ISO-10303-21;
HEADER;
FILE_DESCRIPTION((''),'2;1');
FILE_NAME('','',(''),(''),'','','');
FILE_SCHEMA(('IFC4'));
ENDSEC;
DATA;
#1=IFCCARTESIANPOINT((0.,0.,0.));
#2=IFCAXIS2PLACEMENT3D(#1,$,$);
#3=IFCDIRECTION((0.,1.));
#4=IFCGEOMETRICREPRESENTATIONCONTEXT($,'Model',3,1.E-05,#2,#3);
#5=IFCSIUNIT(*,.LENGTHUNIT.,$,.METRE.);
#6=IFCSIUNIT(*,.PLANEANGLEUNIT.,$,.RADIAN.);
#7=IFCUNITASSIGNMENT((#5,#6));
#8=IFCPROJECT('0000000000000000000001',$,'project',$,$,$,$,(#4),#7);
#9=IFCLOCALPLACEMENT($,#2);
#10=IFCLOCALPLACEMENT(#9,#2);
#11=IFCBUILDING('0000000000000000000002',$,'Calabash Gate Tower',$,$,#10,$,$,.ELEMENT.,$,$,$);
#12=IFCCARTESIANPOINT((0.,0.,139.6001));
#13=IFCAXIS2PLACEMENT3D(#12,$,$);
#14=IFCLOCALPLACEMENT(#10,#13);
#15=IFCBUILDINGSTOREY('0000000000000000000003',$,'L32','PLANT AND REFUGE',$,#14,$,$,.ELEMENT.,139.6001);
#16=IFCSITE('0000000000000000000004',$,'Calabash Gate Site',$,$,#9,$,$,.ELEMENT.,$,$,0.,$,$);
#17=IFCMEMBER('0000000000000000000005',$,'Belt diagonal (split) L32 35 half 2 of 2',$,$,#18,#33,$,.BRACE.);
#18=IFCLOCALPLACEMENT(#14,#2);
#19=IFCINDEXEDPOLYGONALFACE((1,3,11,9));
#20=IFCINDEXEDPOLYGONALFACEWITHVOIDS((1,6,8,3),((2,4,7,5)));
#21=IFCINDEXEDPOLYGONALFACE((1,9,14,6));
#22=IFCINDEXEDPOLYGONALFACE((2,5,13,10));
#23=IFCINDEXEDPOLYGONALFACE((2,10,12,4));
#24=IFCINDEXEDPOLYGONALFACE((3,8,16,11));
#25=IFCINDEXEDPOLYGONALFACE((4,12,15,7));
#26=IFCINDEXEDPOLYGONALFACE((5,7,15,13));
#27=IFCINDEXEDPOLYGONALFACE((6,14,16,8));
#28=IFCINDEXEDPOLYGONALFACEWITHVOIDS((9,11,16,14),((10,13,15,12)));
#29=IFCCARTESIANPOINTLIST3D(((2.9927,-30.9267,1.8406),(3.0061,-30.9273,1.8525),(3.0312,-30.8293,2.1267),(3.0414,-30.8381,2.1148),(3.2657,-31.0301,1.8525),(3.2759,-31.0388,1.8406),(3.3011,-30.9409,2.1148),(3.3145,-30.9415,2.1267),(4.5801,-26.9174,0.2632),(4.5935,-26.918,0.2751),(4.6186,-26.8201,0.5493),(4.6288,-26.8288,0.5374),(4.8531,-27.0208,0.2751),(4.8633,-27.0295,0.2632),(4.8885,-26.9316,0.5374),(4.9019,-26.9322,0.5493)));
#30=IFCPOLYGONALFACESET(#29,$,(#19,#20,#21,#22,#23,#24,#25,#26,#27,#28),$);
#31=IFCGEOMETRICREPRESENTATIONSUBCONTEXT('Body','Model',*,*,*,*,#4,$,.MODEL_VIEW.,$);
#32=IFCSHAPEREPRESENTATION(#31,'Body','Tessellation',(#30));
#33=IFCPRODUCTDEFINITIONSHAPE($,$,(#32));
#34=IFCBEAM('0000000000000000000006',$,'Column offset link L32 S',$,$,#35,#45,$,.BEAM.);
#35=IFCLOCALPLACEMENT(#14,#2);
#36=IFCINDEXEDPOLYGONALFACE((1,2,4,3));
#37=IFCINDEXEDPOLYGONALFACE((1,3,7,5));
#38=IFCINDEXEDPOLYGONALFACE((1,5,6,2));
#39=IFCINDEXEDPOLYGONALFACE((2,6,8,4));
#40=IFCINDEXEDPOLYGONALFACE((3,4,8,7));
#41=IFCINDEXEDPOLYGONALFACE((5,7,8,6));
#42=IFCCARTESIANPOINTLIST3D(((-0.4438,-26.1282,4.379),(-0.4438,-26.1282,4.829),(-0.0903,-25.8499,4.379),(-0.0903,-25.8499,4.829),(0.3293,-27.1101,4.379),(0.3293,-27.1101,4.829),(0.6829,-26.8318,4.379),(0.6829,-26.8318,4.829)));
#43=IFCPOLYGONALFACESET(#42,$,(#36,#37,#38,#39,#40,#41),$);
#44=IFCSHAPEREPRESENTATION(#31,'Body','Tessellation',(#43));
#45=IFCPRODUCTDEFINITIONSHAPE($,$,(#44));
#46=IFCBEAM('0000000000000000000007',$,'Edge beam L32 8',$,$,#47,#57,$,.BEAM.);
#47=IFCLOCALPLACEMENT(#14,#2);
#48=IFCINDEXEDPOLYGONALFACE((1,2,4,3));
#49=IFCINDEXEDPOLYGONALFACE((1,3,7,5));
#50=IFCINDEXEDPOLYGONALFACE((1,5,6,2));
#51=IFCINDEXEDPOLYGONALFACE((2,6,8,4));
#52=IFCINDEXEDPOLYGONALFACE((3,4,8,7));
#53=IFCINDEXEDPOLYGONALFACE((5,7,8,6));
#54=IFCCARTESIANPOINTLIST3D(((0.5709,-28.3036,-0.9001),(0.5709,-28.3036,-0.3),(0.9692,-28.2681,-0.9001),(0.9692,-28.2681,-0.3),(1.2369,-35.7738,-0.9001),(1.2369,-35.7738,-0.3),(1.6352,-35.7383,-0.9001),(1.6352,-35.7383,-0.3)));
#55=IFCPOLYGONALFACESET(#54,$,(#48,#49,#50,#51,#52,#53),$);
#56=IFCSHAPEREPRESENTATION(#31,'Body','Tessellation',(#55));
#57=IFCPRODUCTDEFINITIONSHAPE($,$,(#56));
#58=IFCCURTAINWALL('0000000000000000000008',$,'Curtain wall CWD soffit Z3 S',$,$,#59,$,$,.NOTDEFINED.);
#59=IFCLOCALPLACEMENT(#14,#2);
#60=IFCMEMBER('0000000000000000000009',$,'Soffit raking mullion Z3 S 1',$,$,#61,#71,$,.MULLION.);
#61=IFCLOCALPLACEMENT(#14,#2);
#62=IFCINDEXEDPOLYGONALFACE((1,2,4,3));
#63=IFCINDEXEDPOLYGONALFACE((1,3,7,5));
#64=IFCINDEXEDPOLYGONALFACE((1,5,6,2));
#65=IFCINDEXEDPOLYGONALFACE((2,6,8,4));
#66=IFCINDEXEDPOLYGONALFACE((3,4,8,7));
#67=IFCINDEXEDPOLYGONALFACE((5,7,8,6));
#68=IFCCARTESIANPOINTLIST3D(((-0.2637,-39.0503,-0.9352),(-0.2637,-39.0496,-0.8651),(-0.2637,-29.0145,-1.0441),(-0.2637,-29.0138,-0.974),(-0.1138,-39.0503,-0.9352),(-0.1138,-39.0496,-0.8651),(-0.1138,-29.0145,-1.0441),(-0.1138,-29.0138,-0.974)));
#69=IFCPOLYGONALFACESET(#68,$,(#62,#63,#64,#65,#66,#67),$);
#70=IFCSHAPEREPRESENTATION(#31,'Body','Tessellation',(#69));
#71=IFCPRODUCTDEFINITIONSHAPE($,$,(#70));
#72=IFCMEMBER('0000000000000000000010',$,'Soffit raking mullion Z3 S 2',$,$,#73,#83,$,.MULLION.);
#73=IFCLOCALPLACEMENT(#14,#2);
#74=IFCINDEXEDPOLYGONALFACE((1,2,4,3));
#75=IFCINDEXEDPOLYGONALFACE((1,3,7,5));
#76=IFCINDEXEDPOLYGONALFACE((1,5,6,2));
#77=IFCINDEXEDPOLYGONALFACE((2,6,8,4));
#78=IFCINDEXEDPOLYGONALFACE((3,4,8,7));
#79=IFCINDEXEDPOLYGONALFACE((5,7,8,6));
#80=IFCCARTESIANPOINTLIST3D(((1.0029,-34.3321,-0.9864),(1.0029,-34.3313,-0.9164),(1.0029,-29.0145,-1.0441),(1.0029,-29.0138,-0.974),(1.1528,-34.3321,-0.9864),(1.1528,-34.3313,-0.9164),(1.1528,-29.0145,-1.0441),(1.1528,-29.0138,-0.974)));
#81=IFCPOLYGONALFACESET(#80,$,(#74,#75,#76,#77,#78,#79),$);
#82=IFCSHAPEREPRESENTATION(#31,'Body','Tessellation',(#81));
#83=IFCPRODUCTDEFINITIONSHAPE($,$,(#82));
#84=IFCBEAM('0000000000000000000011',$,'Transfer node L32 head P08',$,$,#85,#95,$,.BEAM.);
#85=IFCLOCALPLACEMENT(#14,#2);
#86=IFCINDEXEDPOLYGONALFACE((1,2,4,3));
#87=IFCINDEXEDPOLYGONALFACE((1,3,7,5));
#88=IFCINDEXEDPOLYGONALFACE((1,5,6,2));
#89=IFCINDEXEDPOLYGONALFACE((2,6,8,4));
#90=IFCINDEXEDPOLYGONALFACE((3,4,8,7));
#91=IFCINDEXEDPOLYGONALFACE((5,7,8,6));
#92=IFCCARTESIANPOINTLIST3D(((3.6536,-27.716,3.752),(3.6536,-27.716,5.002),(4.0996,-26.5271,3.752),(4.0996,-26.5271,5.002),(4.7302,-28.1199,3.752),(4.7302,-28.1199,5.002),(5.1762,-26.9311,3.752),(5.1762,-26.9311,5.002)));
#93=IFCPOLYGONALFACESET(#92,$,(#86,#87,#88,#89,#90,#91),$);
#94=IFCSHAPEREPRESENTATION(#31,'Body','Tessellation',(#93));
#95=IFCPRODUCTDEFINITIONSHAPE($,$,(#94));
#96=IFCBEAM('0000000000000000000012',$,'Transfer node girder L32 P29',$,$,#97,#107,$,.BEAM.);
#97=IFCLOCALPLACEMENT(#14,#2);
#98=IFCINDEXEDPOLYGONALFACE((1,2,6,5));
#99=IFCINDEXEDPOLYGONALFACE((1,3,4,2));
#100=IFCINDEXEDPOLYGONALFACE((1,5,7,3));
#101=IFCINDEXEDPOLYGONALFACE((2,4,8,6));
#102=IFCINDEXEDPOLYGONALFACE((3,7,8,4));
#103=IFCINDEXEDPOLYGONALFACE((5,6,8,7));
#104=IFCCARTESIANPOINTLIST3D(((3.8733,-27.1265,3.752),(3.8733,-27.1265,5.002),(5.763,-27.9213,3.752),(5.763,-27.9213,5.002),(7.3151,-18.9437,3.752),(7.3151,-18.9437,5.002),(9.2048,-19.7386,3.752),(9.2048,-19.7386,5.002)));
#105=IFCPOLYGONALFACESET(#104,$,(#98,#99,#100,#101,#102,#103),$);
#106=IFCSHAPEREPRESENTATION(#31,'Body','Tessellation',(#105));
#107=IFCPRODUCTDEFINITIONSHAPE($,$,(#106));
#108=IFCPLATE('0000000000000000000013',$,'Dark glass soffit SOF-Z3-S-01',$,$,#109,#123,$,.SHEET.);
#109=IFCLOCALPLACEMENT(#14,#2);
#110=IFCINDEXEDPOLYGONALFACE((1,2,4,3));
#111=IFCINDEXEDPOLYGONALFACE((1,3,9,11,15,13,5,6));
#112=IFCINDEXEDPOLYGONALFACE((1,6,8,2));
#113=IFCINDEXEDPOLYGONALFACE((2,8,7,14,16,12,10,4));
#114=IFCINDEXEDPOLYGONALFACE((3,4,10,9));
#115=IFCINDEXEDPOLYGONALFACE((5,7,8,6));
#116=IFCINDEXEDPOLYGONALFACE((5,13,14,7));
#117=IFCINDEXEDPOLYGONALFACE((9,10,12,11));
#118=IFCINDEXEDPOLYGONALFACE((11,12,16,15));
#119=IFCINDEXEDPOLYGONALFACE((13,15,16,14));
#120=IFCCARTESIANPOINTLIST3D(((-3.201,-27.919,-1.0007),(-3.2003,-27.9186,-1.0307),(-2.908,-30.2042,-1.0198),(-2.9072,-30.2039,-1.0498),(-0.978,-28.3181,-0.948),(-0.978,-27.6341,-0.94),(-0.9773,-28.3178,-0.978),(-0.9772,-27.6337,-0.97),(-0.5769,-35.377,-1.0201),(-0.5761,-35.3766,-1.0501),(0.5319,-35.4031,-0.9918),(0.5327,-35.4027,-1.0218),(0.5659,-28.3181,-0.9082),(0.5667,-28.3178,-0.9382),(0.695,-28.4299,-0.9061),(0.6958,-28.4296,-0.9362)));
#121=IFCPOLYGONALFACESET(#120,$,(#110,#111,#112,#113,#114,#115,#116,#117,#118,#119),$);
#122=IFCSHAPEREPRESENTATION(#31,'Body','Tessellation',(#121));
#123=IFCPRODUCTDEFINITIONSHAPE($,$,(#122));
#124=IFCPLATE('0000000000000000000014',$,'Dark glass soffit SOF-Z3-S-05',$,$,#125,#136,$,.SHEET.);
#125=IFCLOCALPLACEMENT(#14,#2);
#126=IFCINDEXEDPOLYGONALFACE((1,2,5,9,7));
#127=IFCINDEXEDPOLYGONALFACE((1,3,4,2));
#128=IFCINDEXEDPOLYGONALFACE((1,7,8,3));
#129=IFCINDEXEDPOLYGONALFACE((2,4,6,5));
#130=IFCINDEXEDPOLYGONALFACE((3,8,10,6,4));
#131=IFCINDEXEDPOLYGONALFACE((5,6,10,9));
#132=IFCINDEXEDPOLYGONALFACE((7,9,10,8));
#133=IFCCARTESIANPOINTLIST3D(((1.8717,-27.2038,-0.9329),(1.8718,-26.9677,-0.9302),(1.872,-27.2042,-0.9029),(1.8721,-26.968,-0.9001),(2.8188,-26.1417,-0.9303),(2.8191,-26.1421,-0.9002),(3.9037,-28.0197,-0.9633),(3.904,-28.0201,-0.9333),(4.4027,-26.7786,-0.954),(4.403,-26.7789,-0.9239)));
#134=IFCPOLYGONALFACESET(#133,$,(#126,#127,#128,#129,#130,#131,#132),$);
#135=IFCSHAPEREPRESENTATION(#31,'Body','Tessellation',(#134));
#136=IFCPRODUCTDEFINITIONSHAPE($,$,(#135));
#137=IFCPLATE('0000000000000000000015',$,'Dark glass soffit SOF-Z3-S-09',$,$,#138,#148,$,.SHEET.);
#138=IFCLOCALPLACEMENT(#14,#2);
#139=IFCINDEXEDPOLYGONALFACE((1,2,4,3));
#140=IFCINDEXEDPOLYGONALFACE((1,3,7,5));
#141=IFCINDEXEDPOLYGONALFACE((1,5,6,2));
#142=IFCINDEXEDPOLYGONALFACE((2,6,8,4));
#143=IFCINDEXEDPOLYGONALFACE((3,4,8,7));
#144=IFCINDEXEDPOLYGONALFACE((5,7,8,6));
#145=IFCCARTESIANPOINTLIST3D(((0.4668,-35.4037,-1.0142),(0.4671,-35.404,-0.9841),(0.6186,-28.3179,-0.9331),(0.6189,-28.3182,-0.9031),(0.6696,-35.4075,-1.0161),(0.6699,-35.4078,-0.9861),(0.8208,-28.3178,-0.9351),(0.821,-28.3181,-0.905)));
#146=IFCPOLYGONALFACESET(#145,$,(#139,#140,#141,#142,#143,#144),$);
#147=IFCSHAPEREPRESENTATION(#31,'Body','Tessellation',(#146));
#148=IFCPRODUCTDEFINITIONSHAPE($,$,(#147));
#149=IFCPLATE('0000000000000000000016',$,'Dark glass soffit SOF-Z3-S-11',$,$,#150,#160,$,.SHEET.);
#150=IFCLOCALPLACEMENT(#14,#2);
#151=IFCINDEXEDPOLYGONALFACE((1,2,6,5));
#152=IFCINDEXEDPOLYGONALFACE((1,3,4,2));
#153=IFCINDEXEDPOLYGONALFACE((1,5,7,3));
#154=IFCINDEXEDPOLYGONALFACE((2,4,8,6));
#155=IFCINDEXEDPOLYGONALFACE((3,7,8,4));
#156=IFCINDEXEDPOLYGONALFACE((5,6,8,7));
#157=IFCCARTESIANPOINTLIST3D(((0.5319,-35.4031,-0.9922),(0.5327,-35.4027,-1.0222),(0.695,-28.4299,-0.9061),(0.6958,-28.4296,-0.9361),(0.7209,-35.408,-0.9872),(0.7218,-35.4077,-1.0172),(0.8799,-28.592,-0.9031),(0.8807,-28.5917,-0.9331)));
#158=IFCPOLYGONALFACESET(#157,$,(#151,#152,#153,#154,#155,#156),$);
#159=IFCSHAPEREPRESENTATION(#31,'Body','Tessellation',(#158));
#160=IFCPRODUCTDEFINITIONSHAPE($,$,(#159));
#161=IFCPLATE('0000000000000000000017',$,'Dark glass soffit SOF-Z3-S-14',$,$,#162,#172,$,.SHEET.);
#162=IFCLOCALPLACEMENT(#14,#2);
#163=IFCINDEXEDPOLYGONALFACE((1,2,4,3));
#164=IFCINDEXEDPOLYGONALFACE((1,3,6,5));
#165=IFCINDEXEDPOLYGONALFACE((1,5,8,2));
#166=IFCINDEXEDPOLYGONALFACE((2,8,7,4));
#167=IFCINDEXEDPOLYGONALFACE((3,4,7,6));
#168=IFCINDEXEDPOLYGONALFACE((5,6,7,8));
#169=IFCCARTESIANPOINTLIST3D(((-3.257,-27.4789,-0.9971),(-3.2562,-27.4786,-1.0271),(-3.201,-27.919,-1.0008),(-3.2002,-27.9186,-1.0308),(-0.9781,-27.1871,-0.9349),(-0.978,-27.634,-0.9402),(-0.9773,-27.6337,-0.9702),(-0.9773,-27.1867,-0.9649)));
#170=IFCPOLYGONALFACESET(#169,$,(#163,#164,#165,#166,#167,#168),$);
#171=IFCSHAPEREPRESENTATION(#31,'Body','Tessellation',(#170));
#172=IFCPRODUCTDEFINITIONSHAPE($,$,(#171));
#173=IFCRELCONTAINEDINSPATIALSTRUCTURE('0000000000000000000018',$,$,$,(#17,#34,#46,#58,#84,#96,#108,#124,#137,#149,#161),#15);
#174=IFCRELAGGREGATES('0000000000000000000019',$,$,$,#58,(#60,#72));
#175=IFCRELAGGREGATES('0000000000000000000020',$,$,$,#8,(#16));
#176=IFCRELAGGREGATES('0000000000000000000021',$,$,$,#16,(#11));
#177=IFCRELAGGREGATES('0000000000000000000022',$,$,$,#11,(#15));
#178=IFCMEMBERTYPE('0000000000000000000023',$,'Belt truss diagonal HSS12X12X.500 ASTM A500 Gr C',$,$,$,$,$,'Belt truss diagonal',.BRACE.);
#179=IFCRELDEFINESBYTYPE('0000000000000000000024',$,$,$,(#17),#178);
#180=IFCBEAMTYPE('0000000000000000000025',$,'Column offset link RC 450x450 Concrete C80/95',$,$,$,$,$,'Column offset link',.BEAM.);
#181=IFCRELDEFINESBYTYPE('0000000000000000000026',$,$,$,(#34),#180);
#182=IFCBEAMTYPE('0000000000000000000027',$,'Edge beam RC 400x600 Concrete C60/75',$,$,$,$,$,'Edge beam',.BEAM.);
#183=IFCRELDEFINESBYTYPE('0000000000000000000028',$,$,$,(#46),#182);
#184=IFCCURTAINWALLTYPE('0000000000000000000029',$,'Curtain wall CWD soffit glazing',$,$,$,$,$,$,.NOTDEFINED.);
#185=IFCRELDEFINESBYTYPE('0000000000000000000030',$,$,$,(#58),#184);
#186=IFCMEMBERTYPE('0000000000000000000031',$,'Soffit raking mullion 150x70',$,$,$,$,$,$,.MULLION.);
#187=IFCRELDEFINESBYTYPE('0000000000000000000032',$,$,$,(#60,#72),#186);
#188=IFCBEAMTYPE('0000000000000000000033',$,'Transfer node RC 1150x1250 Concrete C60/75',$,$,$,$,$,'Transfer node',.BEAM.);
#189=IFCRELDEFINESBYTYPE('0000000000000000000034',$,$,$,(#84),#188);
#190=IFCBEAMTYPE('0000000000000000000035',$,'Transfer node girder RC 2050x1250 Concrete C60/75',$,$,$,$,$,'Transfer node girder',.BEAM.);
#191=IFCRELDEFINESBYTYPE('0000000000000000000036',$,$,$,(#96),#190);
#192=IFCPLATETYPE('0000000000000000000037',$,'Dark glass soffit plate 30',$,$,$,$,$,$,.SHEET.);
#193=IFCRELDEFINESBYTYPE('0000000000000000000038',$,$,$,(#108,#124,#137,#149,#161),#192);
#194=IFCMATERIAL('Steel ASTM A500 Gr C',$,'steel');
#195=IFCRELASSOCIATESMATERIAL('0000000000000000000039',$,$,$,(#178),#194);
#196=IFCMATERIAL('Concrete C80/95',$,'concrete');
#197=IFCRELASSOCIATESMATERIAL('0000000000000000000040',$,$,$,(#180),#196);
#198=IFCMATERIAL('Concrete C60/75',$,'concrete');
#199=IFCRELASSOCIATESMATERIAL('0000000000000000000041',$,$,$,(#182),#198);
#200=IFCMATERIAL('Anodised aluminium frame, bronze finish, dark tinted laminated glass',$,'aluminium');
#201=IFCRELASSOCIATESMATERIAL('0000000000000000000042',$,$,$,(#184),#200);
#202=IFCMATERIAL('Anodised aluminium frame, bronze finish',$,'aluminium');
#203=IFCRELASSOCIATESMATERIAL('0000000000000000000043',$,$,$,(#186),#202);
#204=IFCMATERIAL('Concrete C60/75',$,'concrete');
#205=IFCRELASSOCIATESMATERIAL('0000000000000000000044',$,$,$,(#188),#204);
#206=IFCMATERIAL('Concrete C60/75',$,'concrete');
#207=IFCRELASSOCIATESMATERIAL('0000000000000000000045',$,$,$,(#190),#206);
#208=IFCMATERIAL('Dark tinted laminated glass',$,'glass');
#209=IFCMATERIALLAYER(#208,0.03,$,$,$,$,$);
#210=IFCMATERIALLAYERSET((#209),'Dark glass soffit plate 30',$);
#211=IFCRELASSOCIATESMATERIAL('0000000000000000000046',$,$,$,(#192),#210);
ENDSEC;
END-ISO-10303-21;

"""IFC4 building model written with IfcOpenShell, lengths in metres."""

from ifc_helpers import new_model, si_unit, direction, frame, origin, origin_2d, place, context, subcontext, project, spatial, polyline, rectangle, hollow_rectangle, outline, extrude, material, layer, layer_set, material_profile, profile_set, type_object, element, aggregate, save


model = new_model("IFC4")

# Units and contexts
model_context = context("Model", 3, precision=1e-05, world=origin(), true_north=direction((0.0, 1.0)))
body_context = subcontext(model_context, "Body", "Model", "MODEL_VIEW")
ifc_project = project(units=[si_unit("LENGTHUNIT", "METRE"), si_unit("PLANEANGLEUNIT", "RADIAN")], contexts=[model_context])

# Site, building, storey
site_placement = place(None, origin())
site = spatial("IfcSite", under=ifc_project, at=site_placement, Name="Calabash Gate Site", CompositionType="ELEMENT", RefElevation=0.0)
building_placement = place(site_placement, origin())
building = spatial("IfcBuilding", under=site, at=building_placement, Name="Calabash Gate Tower", CompositionType="ELEMENT")
storey_placement = place(building_placement, frame((0.0, 0.0, 139.6001)))
storey = spatial("IfcBuildingStorey", under=building, at=storey_placement, Name="L32", Description="PLANT AND REFUGE", CompositionType="ELEMENT", Elevation=139.6001)

# Member
ifc_material_1 = material(Name="Steel ASTM A500 Gr C", Category="steel")
ifc_material_profile_1 = material_profile(ifc_material_1, hollow_rectangle(XDim=0.3047, YDim=0.3047, WallThickness=0.0127, at=origin_2d()))
ifc_profile_set_1 = profile_set([ifc_material_profile_1], Name="Steel ASTM A500 Gr C")
member_type_1 = type_object("IfcMemberType", Name="Belt truss diagonal HSS12X12X.500 ASTM A500 Gr C", ElementType="Belt truss diagonal", PredefinedType="BRACE", material=ifc_profile_set_1)
member_1_placement = place(storey_placement, frame((3.1536, -30.9341, 1.9836), z_axis=(0.345723, 0.873186, -0.343543), x_axis=(-0.929775, 0.368128, 0.0)))
element("IfcMember", 1, at=member_1_placement, inside=storey, type_object=member_type_1, Name="Belt diagonal (split) L32 35 half 2 of 2", PredefinedType="BRACE", context=body_context, shape_type="SweptSolid", body=[
    extrude(hollow_rectangle(XDim=0.3047, YDim=0.3047, WallThickness=0.0127, at=origin_2d()), origin(), (0.0, 0.0, 1.0), 4.5916),
])

# Beams
ifc_material_2 = material(Name="Concrete C80/95", Category="concrete")
ifc_material_profile_2 = material_profile(ifc_material_2, rectangle(XDim=0.45, YDim=0.45, at=origin_2d()))
ifc_profile_set_2 = profile_set([ifc_material_profile_2], Name="Concrete C80/95")
beam_type_1 = type_object("IfcBeamType", Name="Column offset link RC 450x450 Concrete C80/95", ElementType="Column offset link", PredefinedType="BEAM", material=ifc_profile_set_2)
beam_1_placement = place(storey_placement, frame((0.5061, -26.9709, 4.604), z_axis=(-0.618649, 0.785667, 0.0), x_axis=(-0.785667, -0.618649, 0.0)))
element("IfcBeam", 2, at=beam_1_placement, inside=storey, type_object=beam_type_1, Name="Column offset link L32 S", PredefinedType="BEAM", context=body_context, shape_type="SweptSolid", body=[
    extrude(rectangle(XDim=0.45, YDim=0.45, at=origin_2d()), origin(), (0.0, 0.0, 1.0), 1.2498),
])
ifc_material_3 = material(Name="Concrete C60/75", Category="concrete")
ifc_material_profile_3 = material_profile(ifc_material_3, rectangle(XDim=0.3999, YDim=0.6001, at=origin_2d()))
ifc_profile_set_3 = profile_set([ifc_material_profile_3], Name="Concrete C60/75")
beam_type_2 = type_object("IfcBeamType", Name="Edge beam RC 400x600 Concrete C60/75", ElementType="Edge beam", PredefinedType="BEAM", material=ifc_profile_set_3)
beam_2_placement = place(storey_placement, frame((0.77, -28.2859, -0.6001), z_axis=(0.088804, -0.996049, 0.0), x_axis=(0.996049, 0.088804, 0.0)))
element("IfcBeam", 3, at=beam_2_placement, inside=storey, type_object=beam_type_2, Name="Edge beam L32 8", PredefinedType="BEAM", context=body_context, shape_type="SweptSolid", body=[
    extrude(rectangle(XDim=0.3999, YDim=0.6001, at=origin_2d()), origin(), (0.0, 0.0, 1.0), 7.4998),
])

# Curtain wall, members
ifc_material_4 = material(Name="Anodised aluminium frame, bronze finish, dark tinted laminated glass", Category="aluminium")
curtain_wall_type = type_object("IfcCurtainWallType", Name="Curtain wall CWD soffit glazing", PredefinedType="NOTDEFINED", material=ifc_material_4)
curtain_wall_placement = place(storey_placement, origin())
curtain_wall = element("IfcCurtainWall", 4, at=curtain_wall_placement, inside=storey, type_object=curtain_wall_type, Name="Curtain wall CWD soffit Z3 S", PredefinedType="NOTDEFINED")
ifc_material_5 = material(Name="Anodised aluminium frame, bronze finish", Category="aluminium")
ifc_material_profile_4 = material_profile(ifc_material_5, rectangle(XDim=0.1499, YDim=0.0701, at=origin_2d()))
ifc_profile_set_4 = profile_set([ifc_material_profile_4], Name="Anodised aluminium frame, bronze finish")
member_type_2 = type_object("IfcMemberType", Name="Soffit raking mullion 150x70", PredefinedType="MULLION", material=ifc_profile_set_4)
member_2_placement = place(storey_placement, frame((-0.1887, -29.0142, -1.009), z_axis=(0.0, -0.999941, 0.010849), x_axis=(1.0, 0.0, 0.0)))
member_2 = element("IfcMember", 5, at=member_2_placement, type_object=member_type_2, Name="Soffit raking mullion Z3 S 1", PredefinedType="MULLION", context=body_context, shape_type="SweptSolid", body=[
    extrude(rectangle(XDim=0.1499, YDim=0.0701, at=origin_2d()), origin(), (0.0, 0.0, 1.0), 10.0364),
])
member_3_placement = place(storey_placement, frame((1.0779, -29.0142, -1.009), z_axis=(0.0, -0.999941, 0.010834), x_axis=(1.0, 0.0, 0.0)))
member_3 = element("IfcMember", 6, at=member_3_placement, type_object=member_type_2, Name="Soffit raking mullion Z3 S 2", PredefinedType="MULLION", context=body_context, shape_type="SweptSolid", body=[
    extrude(rectangle(XDim=0.1499, YDim=0.0701, at=origin_2d()), origin(), (0.0, 0.0, 1.0), 5.3179),
])
aggregate(curtain_wall, [member_2, member_3])

# Beams
ifc_material_6 = material(Name="Concrete C60/75", Category="concrete")
ifc_material_profile_5 = material_profile(ifc_material_6, rectangle(XDim=1.1499, YDim=1.25, at=origin_2d()))
ifc_profile_set_5 = profile_set([ifc_material_profile_5], Name="Concrete C60/75")
beam_type_3 = type_object("IfcBeamType", Name="Transfer node RC 1150x1250 Concrete C60/75", ElementType="Transfer node", PredefinedType="BEAM", material=ifc_profile_set_5)
beam_3_placement = place(storey_placement, frame((4.1919, -27.918, 4.377), z_axis=(0.35125, 0.936282, 0.0), x_axis=(-0.936282, 0.35125, 0.0)))
element("IfcBeam", 7, at=beam_3_placement, inside=storey, type_object=beam_type_3, Name="Transfer node L32 head P08", PredefinedType="BEAM", context=body_context, shape_type="SweptSolid", body=[
    extrude(rectangle(XDim=1.1499, YDim=1.25, at=origin_2d()), origin(), (0.0, 0.0, 1.0), 1.2698),
])
ifc_material_7 = material(Name="Concrete C60/75", Category="concrete")
ifc_material_profile_6 = material_profile(ifc_material_7, rectangle(XDim=2.05, YDim=1.25, at=origin_2d()))
ifc_profile_set_6 = profile_set([ifc_material_profile_6], Name="Concrete C60/75")
beam_type_4 = type_object("IfcBeamType", Name="Transfer node girder RC 2050x1250 Concrete C60/75", ElementType="Transfer node girder", PredefinedType="BEAM", material=ifc_profile_set_6)
beam_4_placement = place(storey_placement, frame((4.8181, -27.5239, 4.377), z_axis=(0.38772, 0.921777, 0.0), x_axis=(-0.921777, 0.38772, 0.0)))
element("IfcBeam", 8, at=beam_4_placement, inside=storey, type_object=beam_type_4, Name="Transfer node girder L32 P29", PredefinedType="BEAM", context=body_context, shape_type="SweptSolid", body=[
    extrude(rectangle(XDim=2.05, YDim=1.25, at=origin_2d()), origin(), (0.0, 0.0, 1.0), 8.8772),
])

# Plates
ifc_material_8 = material(Name="Dark tinted laminated glass", Category="glass")
ifc_layer_1 = layer(ifc_material_8, 0.03)
ifc_layer_set_1 = layer_set([ifc_layer_1], Name="Dark glass soffit plate 30")
plate_type_1 = type_object("IfcPlateType", Name="Dark glass soffit plate 30", PredefinedType="SHEET", material=ifc_layer_set_1)
plate_1_placement = place(storey_placement, frame((-0.978, -28.3181, -0.948), z_axis=(-0.025789, -0.011669, 0.999599), x_axis=(0.999667, 0.0, 0.02579)))
element("IfcPlate", 9, at=plate_1_placement, inside=storey, type_object=plate_type_1, Name="Dark glass soffit SOF-Z3-S-01", PredefinedType="SHEET", context=body_context, shape_type="SweptSolid", body=[
    extrude(outline(polyline([(0.0, 0.0), (1.5444, 0.0), (1.6736, -0.1118), (1.5083, -7.0854), (0.3992, -7.0593), (-1.9312, -1.8862), (-2.2236, 0.3992), (0.0002, 0.6841), (0.0, 0.0)])), origin(), (0.0, 0.0, -1.0), 0.03),
])
plate_2_placement = place(storey_placement, frame((1.8721, -26.968, -0.9001), z_axis=(0.010271, -0.01166, 0.999879), x_axis=(0.753646, 0.65728, -0.000077)))
element("IfcPlate", 10, at=plate_2_placement, inside=storey, type_object=plate_type_1, Name="Dark glass soffit SOF-Z3-S-05", PredefinedType="SHEET", context=body_context, shape_type="SweptSolid", body=[
    extrude(outline(polyline([(0.0, 0.0), (1.2566, 0.0), (2.0317, -1.5212), (0.8398, -2.1287), (-0.1553, -0.178), (0.0, 0.0)])), origin(), (0.0, 0.0, -1.0), 0.03),
])
plate_3_placement = place(storey_placement, frame((0.821, -28.3181, -0.905), z_axis=(0.009531, -0.011638, 0.999887), x_axis=(-0.021309, -0.999708, -0.011433)))
element("IfcPlate", 11, at=plate_3_placement, inside=storey, type_object=plate_type_1, Name="Dark glass soffit SOF-Z3-S-09", PredefinedType="SHEET", context=body_context, shape_type="SweptSolid", body=[
    extrude(outline(polyline([(0.0, 0.0), (7.0918, 0.0), (7.0923, -0.2029), (0.0044, -0.2021), (0.0, 0.0)])), origin(), (0.0, 0.0, -1.0), 0.03),
])
plate_4_placement = place(storey_placement, frame((0.8799, -28.592, -0.9031), z_axis=(-0.026777, -0.01171, 0.999573), x_axis=(-0.02331, -0.999652, -0.012335)))
element("IfcPlate", 12, at=plate_4_placement, inside=storey, type_object=plate_type_1, Name="Dark glass soffit SOF-Z3-S-11", PredefinedType="SHEET", context=body_context, shape_type="SweptSolid", body=[
    extrude(outline(polyline([(0.0, 0.0), (6.8184, 0.0), (6.8179, -0.1892), (-0.1577, -0.1887), (0.0, 0.0)])), origin(), (0.0, 0.0, -1.0), 0.03),
])
plate_5_placement = place(storey_placement, frame((-0.978, -27.634, -0.9402), z_axis=(-0.025753, -0.011811, 0.999599), x_axis=(-0.991523, -0.127085, -0.027047)))
element("IfcPlate", 13, at=plate_5_placement, inside=storey, type_object=plate_type_1, Name="Dark glass soffit SOF-Z3-S-14", PredefinedType="SHEET", context=body_context, shape_type="SweptSolid", body=[
    extrude(outline(polyline([(0.0, 0.0), (2.2419, 0.0), (2.2415, -0.4436), (-0.0569, -0.4434), (0.0, 0.0)])), origin(), (0.0, 0.0, -1.0), 0.03),
])

save(model, "model.ifc")
